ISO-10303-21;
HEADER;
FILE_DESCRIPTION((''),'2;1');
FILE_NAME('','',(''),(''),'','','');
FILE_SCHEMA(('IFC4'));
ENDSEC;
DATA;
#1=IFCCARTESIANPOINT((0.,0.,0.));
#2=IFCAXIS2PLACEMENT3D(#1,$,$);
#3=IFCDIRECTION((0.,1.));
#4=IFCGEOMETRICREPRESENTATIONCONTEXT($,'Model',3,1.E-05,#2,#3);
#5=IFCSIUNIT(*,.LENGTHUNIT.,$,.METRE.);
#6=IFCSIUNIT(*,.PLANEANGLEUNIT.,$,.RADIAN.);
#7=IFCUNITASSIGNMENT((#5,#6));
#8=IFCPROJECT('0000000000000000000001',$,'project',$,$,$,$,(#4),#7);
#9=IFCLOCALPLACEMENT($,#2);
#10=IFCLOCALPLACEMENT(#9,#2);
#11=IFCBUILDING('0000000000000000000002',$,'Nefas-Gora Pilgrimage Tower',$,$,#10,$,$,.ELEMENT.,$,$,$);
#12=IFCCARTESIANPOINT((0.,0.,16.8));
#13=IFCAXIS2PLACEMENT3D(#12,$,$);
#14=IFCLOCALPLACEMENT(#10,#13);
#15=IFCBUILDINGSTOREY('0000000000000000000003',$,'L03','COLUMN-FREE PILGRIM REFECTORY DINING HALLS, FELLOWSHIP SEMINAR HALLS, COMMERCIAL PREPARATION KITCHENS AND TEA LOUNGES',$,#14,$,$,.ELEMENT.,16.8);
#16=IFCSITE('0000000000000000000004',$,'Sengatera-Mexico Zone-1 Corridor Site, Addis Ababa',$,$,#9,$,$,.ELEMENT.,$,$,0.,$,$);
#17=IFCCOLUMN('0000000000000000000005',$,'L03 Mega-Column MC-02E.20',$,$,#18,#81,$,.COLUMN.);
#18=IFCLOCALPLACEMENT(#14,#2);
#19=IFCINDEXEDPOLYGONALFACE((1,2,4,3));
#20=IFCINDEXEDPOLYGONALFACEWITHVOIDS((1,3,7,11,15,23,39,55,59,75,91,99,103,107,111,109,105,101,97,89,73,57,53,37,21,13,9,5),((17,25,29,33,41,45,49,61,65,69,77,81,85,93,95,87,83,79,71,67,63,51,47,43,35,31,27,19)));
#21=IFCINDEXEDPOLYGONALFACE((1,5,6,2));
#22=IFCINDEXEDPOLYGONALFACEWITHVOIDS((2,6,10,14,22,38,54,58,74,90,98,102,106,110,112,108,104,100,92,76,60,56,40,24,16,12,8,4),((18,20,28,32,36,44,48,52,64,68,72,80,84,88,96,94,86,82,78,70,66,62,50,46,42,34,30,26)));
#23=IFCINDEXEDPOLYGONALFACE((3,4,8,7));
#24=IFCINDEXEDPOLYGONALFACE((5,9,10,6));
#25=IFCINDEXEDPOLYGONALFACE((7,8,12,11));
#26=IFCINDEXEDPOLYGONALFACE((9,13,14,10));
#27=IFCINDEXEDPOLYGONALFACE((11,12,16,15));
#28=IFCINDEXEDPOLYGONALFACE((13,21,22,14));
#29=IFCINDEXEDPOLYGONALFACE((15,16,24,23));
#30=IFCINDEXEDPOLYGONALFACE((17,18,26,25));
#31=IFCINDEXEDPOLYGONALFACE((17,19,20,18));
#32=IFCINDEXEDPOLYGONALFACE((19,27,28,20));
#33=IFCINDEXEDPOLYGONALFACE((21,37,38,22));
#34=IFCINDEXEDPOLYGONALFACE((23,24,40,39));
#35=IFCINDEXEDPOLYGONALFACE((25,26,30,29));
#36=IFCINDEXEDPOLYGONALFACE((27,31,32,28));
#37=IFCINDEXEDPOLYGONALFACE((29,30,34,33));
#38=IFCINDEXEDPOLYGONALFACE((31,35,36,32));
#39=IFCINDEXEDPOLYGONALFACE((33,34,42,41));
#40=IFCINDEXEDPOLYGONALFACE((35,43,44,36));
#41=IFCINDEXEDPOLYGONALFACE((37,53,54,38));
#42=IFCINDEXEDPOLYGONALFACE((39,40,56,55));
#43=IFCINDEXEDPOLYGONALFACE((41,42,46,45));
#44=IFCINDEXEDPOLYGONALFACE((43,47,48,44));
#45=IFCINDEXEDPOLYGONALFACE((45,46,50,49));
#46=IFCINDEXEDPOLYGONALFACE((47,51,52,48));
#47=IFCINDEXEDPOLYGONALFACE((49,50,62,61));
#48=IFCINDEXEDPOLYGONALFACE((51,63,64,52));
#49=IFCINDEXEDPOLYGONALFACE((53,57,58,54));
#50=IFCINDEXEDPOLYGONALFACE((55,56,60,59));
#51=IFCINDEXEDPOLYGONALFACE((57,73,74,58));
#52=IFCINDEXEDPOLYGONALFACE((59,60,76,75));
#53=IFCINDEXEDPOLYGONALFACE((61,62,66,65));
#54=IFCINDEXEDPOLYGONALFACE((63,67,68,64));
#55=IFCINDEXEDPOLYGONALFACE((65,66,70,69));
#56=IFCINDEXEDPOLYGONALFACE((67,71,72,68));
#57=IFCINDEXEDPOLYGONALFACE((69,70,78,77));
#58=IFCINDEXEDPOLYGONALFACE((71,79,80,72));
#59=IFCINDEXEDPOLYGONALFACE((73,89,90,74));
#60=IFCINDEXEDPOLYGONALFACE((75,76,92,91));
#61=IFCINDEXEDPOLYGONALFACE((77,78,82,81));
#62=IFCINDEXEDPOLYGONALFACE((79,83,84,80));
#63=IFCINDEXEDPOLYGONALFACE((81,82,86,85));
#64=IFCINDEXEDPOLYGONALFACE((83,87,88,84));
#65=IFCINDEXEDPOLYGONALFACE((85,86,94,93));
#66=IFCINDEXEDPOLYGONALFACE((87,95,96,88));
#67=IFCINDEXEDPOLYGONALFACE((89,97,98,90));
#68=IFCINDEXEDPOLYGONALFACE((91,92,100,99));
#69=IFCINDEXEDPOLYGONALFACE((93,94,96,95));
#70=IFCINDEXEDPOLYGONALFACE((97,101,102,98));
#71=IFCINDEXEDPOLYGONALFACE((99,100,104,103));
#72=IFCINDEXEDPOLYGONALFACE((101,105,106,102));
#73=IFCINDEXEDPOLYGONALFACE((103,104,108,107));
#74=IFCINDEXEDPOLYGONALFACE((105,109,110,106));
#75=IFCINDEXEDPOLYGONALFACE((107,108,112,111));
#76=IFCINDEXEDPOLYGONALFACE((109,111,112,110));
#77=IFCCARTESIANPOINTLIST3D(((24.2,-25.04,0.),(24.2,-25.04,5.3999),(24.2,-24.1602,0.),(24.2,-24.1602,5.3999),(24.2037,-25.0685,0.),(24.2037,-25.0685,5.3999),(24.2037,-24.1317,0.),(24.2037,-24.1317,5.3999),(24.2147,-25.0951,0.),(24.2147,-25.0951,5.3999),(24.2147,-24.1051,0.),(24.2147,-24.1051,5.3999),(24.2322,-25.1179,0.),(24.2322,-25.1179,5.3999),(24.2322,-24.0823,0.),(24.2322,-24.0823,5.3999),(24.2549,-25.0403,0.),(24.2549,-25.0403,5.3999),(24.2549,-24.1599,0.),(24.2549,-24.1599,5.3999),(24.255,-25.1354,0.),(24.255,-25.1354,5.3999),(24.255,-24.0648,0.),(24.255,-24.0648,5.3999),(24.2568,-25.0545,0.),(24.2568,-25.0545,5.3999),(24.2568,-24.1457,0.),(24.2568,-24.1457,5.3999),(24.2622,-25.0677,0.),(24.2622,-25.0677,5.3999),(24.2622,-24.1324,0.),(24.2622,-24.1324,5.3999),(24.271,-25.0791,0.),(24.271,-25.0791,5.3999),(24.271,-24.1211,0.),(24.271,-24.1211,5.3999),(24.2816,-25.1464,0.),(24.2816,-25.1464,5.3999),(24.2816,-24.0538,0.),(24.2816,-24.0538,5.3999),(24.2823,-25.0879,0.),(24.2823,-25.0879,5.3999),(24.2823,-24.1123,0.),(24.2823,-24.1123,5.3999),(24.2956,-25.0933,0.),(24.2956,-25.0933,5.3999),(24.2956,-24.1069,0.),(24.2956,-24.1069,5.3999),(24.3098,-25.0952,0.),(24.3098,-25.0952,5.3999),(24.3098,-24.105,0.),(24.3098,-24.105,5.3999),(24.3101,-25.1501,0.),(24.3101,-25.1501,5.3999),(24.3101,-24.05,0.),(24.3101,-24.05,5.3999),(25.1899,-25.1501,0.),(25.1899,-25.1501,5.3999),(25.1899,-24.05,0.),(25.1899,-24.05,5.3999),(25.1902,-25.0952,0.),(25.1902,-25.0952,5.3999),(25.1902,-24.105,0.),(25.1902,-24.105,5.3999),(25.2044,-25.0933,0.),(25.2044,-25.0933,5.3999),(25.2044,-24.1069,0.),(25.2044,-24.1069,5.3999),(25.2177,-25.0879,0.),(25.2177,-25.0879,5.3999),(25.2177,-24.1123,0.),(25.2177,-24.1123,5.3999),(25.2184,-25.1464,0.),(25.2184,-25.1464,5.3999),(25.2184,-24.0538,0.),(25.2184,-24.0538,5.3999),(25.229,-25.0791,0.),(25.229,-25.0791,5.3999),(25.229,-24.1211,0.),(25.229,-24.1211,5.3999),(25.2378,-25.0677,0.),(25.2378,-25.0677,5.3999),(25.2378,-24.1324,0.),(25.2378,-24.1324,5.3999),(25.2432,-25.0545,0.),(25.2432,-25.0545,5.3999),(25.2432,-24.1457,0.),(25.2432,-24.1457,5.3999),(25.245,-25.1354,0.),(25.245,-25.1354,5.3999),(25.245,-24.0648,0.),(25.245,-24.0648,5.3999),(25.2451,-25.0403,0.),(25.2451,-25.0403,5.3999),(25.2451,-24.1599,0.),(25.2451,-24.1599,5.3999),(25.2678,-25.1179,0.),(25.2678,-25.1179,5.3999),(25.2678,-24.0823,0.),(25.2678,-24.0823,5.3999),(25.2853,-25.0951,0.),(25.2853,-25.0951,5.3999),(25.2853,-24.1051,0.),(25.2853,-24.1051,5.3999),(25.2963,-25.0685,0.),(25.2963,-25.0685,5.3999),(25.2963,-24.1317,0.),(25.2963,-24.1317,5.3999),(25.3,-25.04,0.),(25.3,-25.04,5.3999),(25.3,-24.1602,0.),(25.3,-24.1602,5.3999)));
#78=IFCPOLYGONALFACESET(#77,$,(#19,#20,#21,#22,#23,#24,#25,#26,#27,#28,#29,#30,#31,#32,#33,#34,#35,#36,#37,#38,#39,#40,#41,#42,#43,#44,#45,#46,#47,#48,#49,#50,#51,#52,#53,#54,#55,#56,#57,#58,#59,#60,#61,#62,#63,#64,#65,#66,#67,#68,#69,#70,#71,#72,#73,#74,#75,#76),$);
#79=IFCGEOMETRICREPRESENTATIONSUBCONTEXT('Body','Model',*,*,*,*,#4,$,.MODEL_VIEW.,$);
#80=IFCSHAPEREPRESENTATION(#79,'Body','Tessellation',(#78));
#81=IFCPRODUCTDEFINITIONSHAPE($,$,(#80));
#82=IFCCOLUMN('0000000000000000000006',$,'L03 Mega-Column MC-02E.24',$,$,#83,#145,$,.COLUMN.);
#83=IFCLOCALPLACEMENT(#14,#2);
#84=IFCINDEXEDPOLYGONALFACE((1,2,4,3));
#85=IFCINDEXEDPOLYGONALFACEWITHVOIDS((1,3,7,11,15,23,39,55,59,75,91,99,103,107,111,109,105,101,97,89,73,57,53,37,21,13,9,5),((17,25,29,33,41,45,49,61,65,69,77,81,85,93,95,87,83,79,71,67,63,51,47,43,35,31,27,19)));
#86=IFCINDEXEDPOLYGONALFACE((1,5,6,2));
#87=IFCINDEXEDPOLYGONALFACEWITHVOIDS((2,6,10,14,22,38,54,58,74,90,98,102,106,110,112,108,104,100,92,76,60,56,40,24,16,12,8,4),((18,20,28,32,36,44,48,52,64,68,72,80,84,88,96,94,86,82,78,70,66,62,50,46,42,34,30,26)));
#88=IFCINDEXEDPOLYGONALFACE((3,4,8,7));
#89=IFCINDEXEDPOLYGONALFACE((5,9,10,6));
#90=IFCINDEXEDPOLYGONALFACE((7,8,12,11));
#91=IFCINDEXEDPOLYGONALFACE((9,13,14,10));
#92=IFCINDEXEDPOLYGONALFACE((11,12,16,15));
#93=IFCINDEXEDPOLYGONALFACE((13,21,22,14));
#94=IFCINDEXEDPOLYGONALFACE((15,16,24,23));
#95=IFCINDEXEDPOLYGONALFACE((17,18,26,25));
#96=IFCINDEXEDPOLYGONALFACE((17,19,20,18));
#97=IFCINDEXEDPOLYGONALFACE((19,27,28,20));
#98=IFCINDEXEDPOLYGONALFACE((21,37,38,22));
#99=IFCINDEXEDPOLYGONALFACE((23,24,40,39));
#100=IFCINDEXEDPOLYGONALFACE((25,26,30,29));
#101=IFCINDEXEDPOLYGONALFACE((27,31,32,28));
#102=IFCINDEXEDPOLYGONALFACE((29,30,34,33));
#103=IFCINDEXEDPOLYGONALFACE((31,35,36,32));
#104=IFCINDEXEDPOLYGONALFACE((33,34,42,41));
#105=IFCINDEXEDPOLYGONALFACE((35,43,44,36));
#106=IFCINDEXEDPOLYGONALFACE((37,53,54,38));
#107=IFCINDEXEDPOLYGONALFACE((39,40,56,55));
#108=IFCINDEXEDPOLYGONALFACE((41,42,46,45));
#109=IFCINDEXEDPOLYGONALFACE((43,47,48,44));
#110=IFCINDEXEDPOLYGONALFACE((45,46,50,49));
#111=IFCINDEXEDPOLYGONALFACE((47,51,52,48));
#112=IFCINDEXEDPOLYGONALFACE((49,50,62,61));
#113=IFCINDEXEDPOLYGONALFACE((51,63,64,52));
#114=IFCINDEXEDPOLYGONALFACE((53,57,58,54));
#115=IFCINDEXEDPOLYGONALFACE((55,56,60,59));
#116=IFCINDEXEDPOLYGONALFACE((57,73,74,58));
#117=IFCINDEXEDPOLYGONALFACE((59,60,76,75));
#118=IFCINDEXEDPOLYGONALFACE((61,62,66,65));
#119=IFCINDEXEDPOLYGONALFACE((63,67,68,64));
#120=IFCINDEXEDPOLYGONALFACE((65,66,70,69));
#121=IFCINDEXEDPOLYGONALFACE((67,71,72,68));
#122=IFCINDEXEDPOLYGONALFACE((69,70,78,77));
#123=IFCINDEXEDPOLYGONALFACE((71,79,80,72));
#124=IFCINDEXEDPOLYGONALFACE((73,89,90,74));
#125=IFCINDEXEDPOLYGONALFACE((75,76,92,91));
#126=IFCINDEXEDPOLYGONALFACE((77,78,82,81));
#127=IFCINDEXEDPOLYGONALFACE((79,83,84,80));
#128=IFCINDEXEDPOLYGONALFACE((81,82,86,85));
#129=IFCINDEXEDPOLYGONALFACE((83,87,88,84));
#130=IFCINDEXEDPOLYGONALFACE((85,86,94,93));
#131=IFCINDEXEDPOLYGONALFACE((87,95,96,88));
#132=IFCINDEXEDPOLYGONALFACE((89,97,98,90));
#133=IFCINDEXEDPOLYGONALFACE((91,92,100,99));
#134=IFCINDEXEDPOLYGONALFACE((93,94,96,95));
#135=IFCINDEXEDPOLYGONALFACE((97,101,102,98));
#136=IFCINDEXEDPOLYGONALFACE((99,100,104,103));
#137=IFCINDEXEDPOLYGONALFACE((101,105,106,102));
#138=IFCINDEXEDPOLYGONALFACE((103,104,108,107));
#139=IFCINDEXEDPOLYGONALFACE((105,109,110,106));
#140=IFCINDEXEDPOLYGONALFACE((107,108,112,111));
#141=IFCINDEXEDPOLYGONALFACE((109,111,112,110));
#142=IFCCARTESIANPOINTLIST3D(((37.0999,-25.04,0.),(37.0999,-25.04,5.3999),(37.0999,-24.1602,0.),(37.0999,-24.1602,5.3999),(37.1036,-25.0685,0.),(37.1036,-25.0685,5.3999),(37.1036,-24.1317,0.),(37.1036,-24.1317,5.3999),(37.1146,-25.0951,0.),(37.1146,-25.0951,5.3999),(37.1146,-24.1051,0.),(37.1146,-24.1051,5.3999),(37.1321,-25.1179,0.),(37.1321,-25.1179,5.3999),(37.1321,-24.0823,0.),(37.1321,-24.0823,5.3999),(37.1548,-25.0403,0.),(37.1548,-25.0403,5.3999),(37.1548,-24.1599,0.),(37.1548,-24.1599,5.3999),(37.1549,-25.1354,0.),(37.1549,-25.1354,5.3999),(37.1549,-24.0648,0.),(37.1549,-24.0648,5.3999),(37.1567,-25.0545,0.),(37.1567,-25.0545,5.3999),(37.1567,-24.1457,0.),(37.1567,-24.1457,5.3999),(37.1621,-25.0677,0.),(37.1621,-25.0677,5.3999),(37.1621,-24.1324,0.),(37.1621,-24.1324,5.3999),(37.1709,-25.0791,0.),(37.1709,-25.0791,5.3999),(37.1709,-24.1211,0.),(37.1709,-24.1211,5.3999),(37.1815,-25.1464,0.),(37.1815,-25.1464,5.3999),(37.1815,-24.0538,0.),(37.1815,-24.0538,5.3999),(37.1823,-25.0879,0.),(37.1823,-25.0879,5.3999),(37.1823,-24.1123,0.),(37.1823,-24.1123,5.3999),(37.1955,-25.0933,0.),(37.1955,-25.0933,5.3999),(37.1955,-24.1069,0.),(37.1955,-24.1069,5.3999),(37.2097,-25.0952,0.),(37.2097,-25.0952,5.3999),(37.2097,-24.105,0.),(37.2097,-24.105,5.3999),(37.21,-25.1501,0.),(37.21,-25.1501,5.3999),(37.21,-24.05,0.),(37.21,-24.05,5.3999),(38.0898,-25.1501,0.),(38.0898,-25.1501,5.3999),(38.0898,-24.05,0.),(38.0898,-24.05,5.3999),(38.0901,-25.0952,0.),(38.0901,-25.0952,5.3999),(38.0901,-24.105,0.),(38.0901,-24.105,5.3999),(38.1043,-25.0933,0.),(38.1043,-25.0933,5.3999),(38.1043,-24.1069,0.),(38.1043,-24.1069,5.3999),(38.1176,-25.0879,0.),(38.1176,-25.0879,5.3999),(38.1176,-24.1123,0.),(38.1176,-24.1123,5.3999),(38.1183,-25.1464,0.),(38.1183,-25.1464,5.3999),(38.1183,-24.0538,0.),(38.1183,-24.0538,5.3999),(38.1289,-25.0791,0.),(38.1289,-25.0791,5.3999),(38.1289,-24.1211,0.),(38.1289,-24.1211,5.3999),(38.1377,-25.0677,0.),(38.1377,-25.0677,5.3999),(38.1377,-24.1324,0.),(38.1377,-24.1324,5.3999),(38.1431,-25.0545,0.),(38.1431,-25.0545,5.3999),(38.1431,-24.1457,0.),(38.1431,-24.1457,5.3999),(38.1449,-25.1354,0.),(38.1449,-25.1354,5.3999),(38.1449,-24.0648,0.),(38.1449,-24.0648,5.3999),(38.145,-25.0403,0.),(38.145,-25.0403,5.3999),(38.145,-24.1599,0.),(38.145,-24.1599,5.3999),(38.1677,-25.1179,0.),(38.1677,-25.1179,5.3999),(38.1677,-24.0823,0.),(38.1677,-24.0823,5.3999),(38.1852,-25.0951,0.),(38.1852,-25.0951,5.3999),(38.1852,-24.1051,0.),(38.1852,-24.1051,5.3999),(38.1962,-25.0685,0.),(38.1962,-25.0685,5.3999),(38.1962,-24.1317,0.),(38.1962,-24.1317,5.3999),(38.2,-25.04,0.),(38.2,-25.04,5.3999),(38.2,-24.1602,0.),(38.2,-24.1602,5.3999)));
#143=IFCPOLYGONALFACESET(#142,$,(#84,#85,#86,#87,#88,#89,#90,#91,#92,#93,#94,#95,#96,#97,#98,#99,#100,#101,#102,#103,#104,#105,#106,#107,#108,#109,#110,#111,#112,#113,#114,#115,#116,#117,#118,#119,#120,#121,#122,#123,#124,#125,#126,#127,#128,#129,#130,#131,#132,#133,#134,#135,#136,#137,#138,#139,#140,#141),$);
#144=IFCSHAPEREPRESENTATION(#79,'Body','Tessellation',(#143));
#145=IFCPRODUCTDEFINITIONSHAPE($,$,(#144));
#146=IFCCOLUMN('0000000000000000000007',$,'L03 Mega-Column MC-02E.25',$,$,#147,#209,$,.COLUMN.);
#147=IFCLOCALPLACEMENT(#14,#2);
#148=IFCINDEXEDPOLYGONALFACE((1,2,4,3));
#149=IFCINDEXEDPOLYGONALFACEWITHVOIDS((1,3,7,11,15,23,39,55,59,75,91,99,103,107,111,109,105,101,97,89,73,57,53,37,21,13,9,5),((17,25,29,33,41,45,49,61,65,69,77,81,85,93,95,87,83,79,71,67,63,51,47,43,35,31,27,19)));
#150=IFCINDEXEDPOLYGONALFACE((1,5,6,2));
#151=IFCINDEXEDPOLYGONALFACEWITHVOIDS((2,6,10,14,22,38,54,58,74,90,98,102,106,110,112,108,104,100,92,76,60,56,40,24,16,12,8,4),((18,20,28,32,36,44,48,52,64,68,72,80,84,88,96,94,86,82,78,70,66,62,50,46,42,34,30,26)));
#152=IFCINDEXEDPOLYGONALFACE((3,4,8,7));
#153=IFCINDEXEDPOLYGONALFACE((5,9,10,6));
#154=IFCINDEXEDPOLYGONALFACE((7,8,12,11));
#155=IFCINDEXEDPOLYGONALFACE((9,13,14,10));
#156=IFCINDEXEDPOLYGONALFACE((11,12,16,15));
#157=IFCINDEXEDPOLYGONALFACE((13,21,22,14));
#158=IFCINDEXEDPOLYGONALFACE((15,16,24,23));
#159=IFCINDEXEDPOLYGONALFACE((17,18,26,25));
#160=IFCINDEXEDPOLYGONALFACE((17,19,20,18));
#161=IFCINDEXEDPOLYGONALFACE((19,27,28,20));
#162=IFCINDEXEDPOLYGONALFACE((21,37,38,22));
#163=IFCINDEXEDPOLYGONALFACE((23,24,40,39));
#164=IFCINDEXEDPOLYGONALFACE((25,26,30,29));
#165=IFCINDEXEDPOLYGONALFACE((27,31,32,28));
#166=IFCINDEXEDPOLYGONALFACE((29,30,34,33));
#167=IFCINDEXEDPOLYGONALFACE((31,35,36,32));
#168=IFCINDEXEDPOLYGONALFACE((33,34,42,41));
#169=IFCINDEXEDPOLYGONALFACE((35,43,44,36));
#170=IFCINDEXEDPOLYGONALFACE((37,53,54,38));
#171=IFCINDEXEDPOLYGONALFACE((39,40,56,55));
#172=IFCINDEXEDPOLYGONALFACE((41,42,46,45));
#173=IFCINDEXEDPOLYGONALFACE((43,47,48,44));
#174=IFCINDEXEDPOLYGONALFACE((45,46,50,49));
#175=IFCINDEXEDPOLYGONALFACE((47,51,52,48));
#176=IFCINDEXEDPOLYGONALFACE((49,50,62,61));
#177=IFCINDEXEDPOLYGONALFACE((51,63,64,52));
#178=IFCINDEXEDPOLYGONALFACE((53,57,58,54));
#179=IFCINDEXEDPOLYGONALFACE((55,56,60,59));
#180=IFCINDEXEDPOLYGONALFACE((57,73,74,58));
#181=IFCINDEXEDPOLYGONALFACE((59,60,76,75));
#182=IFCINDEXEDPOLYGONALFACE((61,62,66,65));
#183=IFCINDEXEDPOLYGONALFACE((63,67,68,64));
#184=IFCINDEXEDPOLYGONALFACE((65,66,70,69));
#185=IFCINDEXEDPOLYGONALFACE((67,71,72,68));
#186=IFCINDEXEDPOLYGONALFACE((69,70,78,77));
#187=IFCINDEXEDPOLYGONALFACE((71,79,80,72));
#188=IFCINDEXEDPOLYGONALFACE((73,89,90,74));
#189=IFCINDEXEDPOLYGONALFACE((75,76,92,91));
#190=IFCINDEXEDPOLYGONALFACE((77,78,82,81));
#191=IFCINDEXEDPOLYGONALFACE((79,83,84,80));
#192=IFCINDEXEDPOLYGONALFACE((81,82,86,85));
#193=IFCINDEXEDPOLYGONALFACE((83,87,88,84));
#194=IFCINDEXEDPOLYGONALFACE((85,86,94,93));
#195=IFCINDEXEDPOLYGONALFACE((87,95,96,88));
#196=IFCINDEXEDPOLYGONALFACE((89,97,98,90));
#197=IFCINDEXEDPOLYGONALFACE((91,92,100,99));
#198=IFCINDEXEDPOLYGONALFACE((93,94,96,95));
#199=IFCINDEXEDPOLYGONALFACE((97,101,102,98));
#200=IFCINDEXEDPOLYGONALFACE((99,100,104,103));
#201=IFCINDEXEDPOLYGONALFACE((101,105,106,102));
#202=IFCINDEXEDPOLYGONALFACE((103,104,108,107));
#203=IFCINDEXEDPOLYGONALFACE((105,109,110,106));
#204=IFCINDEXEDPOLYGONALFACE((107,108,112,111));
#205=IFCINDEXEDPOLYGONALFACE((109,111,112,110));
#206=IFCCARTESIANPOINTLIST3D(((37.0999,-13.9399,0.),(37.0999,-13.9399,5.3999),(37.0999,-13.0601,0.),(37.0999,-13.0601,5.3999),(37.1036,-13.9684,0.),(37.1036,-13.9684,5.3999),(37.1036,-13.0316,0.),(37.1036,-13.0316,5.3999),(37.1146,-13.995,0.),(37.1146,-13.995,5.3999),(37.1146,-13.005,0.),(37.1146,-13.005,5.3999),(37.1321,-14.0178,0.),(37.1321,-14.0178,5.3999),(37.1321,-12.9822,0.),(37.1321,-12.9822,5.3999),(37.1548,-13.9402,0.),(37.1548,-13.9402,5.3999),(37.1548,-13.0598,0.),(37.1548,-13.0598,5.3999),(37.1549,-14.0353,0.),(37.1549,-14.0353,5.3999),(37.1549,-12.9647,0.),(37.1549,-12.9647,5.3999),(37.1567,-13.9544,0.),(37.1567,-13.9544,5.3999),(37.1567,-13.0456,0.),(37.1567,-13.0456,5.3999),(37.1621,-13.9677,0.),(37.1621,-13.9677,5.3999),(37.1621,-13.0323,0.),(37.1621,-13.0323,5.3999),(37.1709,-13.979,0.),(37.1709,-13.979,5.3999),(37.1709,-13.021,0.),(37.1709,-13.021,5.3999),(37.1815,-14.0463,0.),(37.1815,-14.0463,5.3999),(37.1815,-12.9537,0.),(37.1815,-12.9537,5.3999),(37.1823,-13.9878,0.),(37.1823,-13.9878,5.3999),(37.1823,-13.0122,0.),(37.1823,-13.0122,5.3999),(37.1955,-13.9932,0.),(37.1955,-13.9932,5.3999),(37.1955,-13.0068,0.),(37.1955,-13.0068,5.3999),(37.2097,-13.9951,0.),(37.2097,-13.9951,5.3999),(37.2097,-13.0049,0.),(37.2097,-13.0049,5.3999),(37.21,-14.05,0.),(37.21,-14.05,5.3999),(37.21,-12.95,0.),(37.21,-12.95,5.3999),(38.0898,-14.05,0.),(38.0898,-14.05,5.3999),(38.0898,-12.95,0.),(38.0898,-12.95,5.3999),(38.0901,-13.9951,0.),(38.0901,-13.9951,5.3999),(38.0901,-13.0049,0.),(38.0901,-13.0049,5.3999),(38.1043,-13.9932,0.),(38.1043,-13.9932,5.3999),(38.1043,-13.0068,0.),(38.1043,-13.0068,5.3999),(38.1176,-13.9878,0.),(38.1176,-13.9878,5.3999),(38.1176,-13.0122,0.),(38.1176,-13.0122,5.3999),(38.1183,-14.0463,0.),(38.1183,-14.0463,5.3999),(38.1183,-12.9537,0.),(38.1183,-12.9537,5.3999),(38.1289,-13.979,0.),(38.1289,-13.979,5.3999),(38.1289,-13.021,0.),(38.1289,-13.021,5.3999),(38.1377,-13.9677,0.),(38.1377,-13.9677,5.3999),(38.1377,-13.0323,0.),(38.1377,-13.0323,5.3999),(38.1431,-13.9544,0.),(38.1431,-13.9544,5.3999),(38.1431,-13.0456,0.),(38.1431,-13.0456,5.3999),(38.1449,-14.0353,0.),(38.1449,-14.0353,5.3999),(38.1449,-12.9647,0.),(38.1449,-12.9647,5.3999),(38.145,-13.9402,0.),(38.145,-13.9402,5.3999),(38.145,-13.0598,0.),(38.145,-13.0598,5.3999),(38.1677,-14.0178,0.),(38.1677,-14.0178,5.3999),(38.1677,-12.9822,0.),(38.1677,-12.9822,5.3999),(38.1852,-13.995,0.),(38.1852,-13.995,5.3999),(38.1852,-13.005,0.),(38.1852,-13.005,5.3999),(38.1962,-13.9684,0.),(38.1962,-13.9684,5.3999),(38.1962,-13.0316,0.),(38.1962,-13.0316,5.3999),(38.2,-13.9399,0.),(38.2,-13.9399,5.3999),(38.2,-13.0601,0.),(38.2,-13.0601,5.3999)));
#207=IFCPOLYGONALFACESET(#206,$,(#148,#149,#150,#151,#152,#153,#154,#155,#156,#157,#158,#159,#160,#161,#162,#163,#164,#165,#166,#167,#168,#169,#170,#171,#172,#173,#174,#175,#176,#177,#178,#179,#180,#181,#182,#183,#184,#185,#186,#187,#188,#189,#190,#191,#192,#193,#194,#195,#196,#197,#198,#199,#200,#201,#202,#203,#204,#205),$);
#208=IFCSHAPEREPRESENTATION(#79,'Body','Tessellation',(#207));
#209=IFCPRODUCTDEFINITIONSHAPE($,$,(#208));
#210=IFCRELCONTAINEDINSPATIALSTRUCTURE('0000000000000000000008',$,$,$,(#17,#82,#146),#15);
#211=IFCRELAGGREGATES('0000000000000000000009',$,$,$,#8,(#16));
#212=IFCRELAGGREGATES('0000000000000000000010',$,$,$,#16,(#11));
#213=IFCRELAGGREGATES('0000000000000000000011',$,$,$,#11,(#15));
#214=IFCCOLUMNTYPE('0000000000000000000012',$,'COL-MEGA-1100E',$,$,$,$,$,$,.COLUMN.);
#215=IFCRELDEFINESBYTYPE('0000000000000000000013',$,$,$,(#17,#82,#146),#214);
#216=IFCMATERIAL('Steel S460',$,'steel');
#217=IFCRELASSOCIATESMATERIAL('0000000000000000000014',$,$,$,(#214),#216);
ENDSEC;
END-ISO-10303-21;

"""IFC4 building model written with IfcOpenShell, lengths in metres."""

from ifc_helpers import new_model, si_unit, direction, frame, origin, origin_2d, place, context, subcontext, project, spatial, hollow_rectangle, extrude, source, transform, mapped, material, material_profile, profile_set, type_object, element, save


model = new_model("IFC4")

# Units and contexts
model_context = context("Model", 3, precision=1e-05, world=origin(), true_north=direction((0.0, 1.0)))
body_context = subcontext(model_context, "Body", "Model", "MODEL_VIEW")
ifc_project = project(units=[si_unit("LENGTHUNIT", "METRE"), si_unit("PLANEANGLEUNIT", "RADIAN")], contexts=[model_context])

# Site, building, storey
site_placement = place(None, origin())
site = spatial("IfcSite", under=ifc_project, at=site_placement, Name="Sengatera-Mexico Zone-1 Corridor Site, Addis Ababa", CompositionType="ELEMENT", RefElevation=0.0)
building_placement = place(site_placement, origin())
building = spatial("IfcBuilding", under=site, at=building_placement, Name="Nefas-Gora Pilgrimage Tower", CompositionType="ELEMENT")
storey_placement = place(building_placement, frame((0.0, 0.0, 16.8)))
storey = spatial("IfcBuildingStorey", under=building, at=storey_placement, Name="L03", Description="COLUMN-FREE PILGRIM REFECTORY DINING HALLS, FELLOWSHIP SEMINAR HALLS, COMMERCIAL PREPARATION KITCHENS AND TEA LOUNGES", CompositionType="ELEMENT", Elevation=16.8)

# Columns
ifc_material_1 = material(Name="Steel S460", Category="steel")
ifc_material_profile_1 = material_profile(ifc_material_1, hollow_rectangle(XDim=1.1001, YDim=1.1001, WallThickness=0.0549, InnerFilletRadius=0.0549, OuterFilletRadius=0.1101, at=origin_2d()), Name="BOX 1100x1100x55")
ifc_profile_set_1 = profile_set([ifc_material_profile_1], Name="Steel S460")
column_type_1 = type_object("IfcColumnType", Name="COL-MEGA-1100E", PredefinedType="COLUMN", material=ifc_profile_set_1)
shared_shape_1 = source(origin(), body_context, "Body", "SweptSolid", [
    extrude(hollow_rectangle(XDim=1.1001, YDim=1.1001, WallThickness=0.0549, InnerFilletRadius=0.0549, OuterFilletRadius=0.1101, at=origin_2d()), origin(), (0.0, 0.0, 1.0), 5.3999),
])
for number, where, z_axis, x_axis, name in (
    (1, (24.75, -24.6001, 0.0), (0.0, 0.0, 1.0), (1.0, 0.0, 0.0), "L03 Mega-Column MC-02E.20"),
    (2, (37.6499, -24.6001, 0.0), (0.0, 0.0, 1.0), (1.0, 0.0, 0.0), "L03 Mega-Column MC-02E.24"),
    (3, (37.6499, -13.5, 0.0), (0.0, 0.0, 1.0), (1.0, 0.0, 0.0), "L03 Mega-Column MC-02E.25"),
):
    element("IfcColumn", number, at=place(storey_placement, frame(where, z_axis=z_axis, x_axis=x_axis)), inside=storey, type_object=column_type_1, Name=name, PredefinedType="COLUMN", context=body_context, shape_type="MappedRepresentation", body=[
        mapped(shared_shape_1, transform((0.0, 0.0, 0.0), x_axis=(1.0, 0.0, 0.0), y_axis=(0.0, 1.0, 0.0), z_axis=(0.0, 0.0, 1.0), scale=1.0)),
    ])

save(model, "model.ifc")
